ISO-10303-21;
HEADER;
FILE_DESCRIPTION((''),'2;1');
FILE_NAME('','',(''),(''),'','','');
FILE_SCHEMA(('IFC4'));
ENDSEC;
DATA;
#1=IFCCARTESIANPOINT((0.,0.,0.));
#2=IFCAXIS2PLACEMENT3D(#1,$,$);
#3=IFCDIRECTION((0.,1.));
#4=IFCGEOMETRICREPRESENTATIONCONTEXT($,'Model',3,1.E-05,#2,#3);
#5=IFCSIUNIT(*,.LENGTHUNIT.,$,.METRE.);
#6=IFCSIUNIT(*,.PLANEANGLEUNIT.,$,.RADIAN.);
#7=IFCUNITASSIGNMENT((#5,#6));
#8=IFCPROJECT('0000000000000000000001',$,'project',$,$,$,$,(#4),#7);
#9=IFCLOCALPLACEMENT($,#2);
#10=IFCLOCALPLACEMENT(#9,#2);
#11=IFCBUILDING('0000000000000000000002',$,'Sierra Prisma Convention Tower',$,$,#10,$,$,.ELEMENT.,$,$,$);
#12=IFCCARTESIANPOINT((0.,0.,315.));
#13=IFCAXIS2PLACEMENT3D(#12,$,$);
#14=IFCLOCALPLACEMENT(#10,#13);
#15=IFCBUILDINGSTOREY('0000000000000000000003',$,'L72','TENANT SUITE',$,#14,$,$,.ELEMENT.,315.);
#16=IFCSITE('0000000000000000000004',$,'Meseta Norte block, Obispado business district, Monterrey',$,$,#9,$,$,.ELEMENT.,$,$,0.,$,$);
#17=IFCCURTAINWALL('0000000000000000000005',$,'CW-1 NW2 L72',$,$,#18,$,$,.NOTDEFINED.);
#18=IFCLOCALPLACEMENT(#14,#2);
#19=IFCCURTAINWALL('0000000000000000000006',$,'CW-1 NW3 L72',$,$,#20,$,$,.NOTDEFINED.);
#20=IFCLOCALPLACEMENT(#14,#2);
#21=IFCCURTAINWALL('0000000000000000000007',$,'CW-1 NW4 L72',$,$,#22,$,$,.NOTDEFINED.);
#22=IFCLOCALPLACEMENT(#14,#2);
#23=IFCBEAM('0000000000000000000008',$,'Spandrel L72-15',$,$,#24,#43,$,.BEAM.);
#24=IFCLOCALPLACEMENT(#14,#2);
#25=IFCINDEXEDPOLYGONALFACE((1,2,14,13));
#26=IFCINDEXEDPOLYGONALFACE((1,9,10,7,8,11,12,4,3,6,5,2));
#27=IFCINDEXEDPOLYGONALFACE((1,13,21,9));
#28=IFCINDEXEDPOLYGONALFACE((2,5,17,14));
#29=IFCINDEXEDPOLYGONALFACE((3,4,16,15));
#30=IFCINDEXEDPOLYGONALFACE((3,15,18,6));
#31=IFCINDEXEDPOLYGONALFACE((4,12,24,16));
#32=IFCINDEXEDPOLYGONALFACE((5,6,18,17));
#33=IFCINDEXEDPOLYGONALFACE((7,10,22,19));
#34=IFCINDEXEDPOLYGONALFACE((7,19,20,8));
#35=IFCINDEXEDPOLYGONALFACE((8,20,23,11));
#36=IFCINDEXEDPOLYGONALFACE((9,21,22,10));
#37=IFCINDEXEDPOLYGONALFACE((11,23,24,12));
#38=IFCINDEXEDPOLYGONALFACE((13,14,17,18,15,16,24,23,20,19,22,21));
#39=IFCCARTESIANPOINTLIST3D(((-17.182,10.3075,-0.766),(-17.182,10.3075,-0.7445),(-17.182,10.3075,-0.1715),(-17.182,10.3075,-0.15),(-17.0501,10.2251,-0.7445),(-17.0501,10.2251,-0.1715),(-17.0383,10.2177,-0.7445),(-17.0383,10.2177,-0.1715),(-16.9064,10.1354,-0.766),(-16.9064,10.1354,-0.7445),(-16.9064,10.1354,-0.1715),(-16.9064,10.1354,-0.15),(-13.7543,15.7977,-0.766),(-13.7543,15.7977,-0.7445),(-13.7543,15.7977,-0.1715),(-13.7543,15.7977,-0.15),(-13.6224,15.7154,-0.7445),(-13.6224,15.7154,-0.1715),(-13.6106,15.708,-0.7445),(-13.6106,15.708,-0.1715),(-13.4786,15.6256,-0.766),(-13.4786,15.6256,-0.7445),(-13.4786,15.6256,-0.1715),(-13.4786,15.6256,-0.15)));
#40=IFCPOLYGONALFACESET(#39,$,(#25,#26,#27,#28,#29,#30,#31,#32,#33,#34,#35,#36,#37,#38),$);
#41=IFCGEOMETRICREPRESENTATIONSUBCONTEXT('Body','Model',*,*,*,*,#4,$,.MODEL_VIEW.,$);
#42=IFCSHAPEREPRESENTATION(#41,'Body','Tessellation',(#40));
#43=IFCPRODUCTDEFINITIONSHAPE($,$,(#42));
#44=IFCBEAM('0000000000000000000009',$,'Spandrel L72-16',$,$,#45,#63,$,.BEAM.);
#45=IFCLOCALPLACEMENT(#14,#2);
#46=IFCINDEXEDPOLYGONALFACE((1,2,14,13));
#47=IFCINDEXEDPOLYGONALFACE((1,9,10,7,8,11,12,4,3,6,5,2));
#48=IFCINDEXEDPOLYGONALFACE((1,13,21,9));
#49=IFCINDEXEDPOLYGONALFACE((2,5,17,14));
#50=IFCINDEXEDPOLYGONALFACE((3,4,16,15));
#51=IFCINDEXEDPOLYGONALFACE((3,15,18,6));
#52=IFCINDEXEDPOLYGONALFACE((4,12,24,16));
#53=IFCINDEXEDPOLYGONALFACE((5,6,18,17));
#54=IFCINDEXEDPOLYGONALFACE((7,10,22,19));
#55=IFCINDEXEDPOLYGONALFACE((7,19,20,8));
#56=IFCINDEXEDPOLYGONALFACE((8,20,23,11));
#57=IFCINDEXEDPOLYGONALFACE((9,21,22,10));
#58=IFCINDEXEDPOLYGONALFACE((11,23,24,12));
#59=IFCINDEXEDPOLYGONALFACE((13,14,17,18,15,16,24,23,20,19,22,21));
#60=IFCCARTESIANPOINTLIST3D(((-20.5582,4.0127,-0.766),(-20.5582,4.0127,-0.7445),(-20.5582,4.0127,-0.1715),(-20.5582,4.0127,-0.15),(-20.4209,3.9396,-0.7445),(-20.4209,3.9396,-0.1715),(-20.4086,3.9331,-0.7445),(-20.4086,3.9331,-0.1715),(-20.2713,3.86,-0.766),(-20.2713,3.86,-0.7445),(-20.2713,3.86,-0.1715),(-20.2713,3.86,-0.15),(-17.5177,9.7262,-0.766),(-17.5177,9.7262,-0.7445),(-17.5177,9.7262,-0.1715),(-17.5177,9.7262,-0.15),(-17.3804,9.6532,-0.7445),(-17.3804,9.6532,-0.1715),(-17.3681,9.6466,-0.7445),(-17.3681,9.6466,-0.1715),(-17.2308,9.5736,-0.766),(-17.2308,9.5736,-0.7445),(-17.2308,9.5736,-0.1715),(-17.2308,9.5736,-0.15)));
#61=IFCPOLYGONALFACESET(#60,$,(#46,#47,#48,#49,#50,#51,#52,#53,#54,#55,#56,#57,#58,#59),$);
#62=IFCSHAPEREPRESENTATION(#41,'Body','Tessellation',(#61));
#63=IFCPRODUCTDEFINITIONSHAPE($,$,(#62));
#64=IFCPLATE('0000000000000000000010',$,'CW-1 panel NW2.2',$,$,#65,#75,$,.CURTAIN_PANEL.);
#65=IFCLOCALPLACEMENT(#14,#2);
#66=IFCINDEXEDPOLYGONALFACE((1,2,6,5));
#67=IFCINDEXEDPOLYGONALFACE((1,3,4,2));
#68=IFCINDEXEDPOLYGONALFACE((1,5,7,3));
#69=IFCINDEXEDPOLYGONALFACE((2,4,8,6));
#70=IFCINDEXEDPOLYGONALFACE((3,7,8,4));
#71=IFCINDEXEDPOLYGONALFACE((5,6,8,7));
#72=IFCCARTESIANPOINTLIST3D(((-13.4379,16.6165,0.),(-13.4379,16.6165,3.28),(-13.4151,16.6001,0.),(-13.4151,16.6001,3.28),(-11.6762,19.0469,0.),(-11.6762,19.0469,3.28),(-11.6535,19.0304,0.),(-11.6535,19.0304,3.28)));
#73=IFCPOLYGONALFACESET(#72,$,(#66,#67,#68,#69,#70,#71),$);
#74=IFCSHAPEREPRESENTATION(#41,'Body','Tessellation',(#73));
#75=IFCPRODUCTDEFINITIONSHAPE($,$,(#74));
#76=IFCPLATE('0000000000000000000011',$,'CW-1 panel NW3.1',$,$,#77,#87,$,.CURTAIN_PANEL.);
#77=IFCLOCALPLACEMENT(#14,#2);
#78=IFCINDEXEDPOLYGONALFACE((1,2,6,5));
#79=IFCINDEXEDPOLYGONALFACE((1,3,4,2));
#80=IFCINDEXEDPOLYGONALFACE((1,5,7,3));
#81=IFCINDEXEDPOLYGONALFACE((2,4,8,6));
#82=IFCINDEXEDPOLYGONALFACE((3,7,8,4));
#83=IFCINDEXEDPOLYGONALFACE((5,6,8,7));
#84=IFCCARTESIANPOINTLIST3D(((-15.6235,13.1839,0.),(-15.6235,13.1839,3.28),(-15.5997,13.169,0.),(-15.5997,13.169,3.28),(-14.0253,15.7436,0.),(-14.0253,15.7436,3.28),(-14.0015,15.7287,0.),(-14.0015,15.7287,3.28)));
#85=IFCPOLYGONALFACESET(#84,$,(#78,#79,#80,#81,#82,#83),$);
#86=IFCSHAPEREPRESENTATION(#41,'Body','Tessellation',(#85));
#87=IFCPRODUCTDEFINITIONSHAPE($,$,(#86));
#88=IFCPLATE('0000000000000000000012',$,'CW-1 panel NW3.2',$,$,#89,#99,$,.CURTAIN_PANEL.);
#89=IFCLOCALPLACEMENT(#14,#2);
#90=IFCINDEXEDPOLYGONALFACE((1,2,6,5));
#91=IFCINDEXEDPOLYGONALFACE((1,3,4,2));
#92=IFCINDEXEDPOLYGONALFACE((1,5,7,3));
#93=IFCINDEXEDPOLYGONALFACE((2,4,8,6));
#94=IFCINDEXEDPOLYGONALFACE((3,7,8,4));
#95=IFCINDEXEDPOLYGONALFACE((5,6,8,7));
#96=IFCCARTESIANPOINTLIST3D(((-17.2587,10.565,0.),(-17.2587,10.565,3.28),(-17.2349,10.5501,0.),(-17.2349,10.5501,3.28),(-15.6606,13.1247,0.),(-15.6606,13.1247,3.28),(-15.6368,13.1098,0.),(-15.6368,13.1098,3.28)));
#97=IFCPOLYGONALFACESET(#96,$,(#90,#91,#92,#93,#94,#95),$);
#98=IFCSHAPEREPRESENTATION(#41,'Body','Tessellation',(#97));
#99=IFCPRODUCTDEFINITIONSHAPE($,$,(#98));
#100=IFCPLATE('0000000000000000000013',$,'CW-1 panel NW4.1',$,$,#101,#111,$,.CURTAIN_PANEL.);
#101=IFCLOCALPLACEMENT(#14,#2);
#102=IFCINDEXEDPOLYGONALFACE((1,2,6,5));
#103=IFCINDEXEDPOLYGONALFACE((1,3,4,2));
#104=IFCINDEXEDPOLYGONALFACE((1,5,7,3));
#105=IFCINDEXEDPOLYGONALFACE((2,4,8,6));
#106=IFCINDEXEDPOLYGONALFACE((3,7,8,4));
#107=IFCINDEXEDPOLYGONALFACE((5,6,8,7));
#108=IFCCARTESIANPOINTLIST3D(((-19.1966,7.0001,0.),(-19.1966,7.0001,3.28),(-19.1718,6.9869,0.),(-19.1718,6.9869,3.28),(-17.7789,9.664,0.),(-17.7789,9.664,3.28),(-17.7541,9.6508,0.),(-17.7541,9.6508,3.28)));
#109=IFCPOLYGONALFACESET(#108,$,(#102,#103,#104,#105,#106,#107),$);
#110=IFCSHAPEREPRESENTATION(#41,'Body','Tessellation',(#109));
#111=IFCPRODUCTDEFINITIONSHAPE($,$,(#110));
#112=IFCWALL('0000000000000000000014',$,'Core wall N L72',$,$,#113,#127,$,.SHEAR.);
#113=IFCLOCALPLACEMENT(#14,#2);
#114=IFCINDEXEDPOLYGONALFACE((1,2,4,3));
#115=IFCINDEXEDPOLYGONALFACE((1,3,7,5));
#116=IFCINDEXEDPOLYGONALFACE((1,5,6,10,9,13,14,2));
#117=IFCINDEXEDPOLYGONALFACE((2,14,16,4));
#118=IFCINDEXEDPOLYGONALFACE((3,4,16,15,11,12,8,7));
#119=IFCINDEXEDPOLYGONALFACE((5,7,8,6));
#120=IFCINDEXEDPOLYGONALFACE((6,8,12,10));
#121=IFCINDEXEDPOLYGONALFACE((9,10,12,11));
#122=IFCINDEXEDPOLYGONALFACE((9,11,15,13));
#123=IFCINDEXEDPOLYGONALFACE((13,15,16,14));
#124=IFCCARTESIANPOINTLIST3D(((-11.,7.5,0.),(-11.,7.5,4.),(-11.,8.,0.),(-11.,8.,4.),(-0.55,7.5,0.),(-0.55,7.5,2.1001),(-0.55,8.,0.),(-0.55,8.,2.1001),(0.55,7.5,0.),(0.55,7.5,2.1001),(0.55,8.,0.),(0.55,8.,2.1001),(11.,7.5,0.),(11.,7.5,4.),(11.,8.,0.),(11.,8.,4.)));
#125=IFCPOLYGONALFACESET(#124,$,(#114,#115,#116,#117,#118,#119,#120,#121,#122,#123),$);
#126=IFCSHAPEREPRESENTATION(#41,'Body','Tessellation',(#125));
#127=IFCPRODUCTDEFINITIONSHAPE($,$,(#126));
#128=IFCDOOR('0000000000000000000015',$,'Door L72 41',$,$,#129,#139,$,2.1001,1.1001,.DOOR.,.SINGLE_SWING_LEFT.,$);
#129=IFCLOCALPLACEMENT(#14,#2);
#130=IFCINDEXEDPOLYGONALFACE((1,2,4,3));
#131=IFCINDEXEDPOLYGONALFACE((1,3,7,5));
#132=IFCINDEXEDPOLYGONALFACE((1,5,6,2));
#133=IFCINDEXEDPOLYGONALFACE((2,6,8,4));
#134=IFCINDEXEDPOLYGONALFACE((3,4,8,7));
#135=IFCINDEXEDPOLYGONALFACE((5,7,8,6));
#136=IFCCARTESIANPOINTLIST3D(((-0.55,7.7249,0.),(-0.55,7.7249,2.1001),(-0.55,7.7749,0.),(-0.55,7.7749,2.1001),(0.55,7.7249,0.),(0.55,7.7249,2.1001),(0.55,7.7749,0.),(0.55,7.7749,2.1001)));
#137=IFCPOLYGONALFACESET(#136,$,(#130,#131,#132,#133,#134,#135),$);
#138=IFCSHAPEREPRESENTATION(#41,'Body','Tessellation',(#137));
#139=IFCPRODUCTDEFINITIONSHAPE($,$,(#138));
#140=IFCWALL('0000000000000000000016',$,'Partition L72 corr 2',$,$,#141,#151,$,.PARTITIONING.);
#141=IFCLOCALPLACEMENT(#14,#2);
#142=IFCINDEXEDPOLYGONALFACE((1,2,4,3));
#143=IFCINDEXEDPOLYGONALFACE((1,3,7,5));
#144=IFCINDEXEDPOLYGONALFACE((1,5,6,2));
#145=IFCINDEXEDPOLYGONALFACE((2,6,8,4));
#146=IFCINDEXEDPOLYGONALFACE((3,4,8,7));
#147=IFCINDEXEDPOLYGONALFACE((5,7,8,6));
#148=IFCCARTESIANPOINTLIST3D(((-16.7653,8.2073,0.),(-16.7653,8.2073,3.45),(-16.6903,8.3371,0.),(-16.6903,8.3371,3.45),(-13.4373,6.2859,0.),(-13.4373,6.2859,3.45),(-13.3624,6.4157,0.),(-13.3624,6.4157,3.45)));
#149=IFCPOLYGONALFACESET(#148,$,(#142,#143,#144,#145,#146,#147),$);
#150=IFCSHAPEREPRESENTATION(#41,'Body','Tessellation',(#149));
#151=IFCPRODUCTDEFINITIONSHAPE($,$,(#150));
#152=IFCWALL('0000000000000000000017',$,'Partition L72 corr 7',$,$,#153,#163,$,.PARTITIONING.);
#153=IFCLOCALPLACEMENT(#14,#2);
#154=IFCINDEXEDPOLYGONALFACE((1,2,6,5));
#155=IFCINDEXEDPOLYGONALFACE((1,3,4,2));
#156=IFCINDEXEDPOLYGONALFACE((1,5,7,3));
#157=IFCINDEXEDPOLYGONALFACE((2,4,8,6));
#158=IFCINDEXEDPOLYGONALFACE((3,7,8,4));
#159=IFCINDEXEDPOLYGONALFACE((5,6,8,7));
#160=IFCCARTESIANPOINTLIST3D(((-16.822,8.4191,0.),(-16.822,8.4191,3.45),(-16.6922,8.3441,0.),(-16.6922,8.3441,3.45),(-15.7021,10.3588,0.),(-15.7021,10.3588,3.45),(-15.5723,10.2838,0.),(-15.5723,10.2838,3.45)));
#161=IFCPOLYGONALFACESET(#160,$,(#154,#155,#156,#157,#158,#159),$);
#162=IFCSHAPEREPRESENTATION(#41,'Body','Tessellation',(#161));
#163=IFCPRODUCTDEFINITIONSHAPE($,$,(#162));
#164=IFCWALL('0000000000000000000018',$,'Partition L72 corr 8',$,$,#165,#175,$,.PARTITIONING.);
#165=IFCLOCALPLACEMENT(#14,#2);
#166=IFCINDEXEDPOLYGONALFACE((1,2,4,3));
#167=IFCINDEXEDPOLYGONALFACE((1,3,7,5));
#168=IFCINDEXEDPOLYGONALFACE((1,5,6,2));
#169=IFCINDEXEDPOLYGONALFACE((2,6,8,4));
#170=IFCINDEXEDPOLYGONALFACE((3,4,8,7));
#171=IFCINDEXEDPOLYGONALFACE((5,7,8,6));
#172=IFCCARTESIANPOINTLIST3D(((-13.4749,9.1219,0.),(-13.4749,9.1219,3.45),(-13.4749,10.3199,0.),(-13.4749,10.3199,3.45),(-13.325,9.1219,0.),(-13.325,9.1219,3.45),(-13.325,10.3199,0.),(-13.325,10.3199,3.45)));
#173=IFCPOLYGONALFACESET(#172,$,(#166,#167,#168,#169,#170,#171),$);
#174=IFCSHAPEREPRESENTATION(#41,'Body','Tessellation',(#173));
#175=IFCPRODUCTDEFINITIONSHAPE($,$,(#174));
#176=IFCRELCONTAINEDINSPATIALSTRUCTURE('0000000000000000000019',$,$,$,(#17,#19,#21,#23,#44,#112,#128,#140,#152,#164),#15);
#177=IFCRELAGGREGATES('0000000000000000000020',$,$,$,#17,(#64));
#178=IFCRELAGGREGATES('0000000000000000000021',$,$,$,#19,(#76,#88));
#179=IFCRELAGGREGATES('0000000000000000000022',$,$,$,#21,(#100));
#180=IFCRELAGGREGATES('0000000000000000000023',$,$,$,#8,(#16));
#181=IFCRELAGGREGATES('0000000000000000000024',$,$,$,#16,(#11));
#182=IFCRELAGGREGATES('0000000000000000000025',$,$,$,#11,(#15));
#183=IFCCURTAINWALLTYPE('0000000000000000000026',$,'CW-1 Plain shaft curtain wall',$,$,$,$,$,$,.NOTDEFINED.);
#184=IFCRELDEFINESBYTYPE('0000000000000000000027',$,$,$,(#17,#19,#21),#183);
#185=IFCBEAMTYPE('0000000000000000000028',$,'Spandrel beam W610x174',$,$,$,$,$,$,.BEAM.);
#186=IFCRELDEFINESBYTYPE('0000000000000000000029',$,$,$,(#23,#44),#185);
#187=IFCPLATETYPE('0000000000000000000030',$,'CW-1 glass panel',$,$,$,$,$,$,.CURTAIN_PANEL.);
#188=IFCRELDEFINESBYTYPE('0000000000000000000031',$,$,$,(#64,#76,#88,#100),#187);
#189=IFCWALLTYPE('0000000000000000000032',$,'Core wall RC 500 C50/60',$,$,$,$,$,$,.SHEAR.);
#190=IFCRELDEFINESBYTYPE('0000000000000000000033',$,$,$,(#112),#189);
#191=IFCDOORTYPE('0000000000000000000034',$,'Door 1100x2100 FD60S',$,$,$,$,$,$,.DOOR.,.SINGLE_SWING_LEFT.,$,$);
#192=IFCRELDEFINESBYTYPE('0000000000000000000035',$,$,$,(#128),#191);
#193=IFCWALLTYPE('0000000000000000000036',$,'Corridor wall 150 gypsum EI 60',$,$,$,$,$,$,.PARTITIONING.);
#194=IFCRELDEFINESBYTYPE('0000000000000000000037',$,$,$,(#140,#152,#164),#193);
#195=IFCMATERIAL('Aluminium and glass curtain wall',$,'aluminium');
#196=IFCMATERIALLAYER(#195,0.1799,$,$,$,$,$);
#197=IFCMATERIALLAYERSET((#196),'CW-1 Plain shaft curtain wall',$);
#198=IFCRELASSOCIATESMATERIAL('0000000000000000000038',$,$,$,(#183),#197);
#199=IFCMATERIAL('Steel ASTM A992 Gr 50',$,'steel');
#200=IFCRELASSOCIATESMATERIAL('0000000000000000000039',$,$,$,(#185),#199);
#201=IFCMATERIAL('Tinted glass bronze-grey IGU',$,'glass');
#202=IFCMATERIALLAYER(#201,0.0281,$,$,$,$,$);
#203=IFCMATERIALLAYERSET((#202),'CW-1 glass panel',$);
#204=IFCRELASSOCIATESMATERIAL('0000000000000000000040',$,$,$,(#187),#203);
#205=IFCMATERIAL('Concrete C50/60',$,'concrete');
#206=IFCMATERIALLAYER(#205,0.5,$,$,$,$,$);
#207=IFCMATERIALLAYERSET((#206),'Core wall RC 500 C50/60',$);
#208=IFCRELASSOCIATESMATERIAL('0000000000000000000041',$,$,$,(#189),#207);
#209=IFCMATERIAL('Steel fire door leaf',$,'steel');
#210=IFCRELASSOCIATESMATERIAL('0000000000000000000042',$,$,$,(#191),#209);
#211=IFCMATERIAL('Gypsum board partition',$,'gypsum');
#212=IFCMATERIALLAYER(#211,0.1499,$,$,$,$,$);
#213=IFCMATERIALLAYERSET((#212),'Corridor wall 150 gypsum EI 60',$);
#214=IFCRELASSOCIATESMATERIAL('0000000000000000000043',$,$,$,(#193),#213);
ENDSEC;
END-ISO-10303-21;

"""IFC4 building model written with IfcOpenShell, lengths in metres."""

from ifc_helpers import new_model, si_unit, direction, frame, frame_2d, origin, origin_2d, place, context, subcontext, project, spatial, rectangle, i_section, extrude, material, layer, layer_set, material_profile, profile_set, type_object, element, fill, aggregate, save


model = new_model("IFC4")

# Units and contexts
model_context = context("Model", 3, precision=1e-05, world=origin(), true_north=direction((0.0, 1.0)))
body_context = subcontext(model_context, "Body", "Model", "MODEL_VIEW")
ifc_project = project(units=[si_unit("LENGTHUNIT", "METRE"), si_unit("PLANEANGLEUNIT", "RADIAN")], contexts=[model_context])

# Site, building, storey
site_placement = place(None, origin())
site = spatial("IfcSite", under=ifc_project, at=site_placement, Name="Meseta Norte block, Obispado business district, Monterrey", CompositionType="ELEMENT", RefElevation=0.0)
building_placement = place(site_placement, origin())
building = spatial("IfcBuilding", under=site, at=building_placement, Name="Sierra Prisma Convention Tower", CompositionType="ELEMENT")
storey_placement = place(building_placement, frame((0.0, 0.0, 315.0)))
storey = spatial("IfcBuildingStorey", under=building, at=storey_placement, Name="L72", Description="TENANT SUITE", CompositionType="ELEMENT", Elevation=315.0)

# Curtain wall
ifc_material_1 = material(Name="Aluminium and glass curtain wall", Category="aluminium")
ifc_layer_1 = layer(ifc_material_1, 0.1799)
ifc_layer_set_1 = layer_set([ifc_layer_1], Name="CW-1 Plain shaft curtain wall")
curtain_wall_type = type_object("IfcCurtainWallType", Name="CW-1 Plain shaft curtain wall", PredefinedType="NOTDEFINED", material=ifc_layer_set_1)
curtain_wall_1_placement = place(storey_placement, origin())
curtain_wall_1 = element("IfcCurtainWall", 1, at=curtain_wall_1_placement, inside=storey, type_object=curtain_wall_type, Name="CW-1 NW2 L72", PredefinedType="NOTDEFINED")

# Curtain wall
curtain_wall_2_placement = place(storey_placement, origin())
curtain_wall_2 = element("IfcCurtainWall", 2, at=curtain_wall_2_placement, inside=storey, type_object=curtain_wall_type, Name="CW-1 NW3 L72", PredefinedType="NOTDEFINED")

# Curtain wall
curtain_wall_3_placement = place(storey_placement, origin())
curtain_wall_3 = element("IfcCurtainWall", 3, at=curtain_wall_3_placement, inside=storey, type_object=curtain_wall_type, Name="CW-1 NW4 L72", PredefinedType="NOTDEFINED")

# Beams
ifc_material_2 = material(Name="Steel ASTM A992 Gr 50", Category="steel")
ifc_material_profile_1 = material_profile(ifc_material_2, i_section(OverallWidth=0.325, OverallDepth=0.616, WebThickness=0.0139, FlangeThickness=0.0215, at=origin_2d()), Name="W610x174")
ifc_profile_set_1 = profile_set([ifc_material_profile_1], Name="Steel ASTM A992 Gr 50")
beam_type_1 = type_object("IfcBeamType", Name="Spandrel beam W610x174", PredefinedType="BEAM", material=ifc_profile_set_1)
beam_1_placement = place(storey_placement, frame((-13.6165, 15.7117, -0.458), z_axis=(-0.529592, -0.848253, 0.0), x_axis=(0.848253, -0.529592, 0.0)))
element("IfcBeam", 4, at=beam_1_placement, inside=storey, type_object=beam_type_1, Name="Spandrel L72-15", PredefinedType="BEAM", context=body_context, shape_type="SweptSolid", body=[
    extrude(i_section(OverallWidth=0.325, OverallDepth=0.616, WebThickness=0.0139, FlangeThickness=0.0215, at=origin_2d()), origin(), (0.0, 0.0, 1.0), 6.4724),
])
beam_2_placement = place(storey_placement, frame((-17.3743, 9.6499, -0.458), z_axis=(-0.469777, -0.882785, 0.0), x_axis=(0.882785, -0.469777, 0.0)))
element("IfcBeam", 5, at=beam_2_placement, inside=storey, type_object=beam_type_1, Name="Spandrel L72-16", PredefinedType="BEAM", context=body_context, shape_type="SweptSolid", body=[
    extrude(i_section(OverallWidth=0.325, OverallDepth=0.616, WebThickness=0.0139, FlangeThickness=0.0215, at=origin_2d()), origin(), (0.0, 0.0, 1.0), 6.4722),
])

# Plates
ifc_material_3 = material(Name="Tinted glass bronze-grey IGU", Category="glass")
ifc_layer_2 = layer(ifc_material_3, 0.0281)
ifc_layer_set_2 = layer_set([ifc_layer_2], Name="CW-1 glass panel")
plate_type = type_object("IfcPlateType", Name="CW-1 glass panel", PredefinedType="CURTAIN_PANEL", material=ifc_layer_set_2)
plate_1_placement = place(storey_placement, frame((-12.5457, 17.8235, 0.0), z_axis=(0.0, 0.0, 1.0), x_axis=(-0.58689, -0.809667, 0.0)))
plate_1 = element("IfcPlate", 6, at=plate_1_placement, type_object=plate_type, Name="CW-1 panel NW2.2", PredefinedType="CURTAIN_PANEL", context=body_context, shape_type="SweptSolid", body=[
    extrude(rectangle(XDim=3.0017, YDim=0.0281, at=origin_2d()), origin(), (0.0, 0.0, 1.0), 3.28),
])
aggregate(curtain_wall_1, [plate_1])
plate_2_placement = place(storey_placement, frame((-14.8125, 14.4563, 0.0), z_axis=(0.0, 0.0, 1.0), x_axis=(-0.529606, -0.848243, 0.0)))
plate_2 = element("IfcPlate", 7, at=plate_2_placement, type_object=plate_type, Name="CW-1 panel NW3.1", PredefinedType="CURTAIN_PANEL", context=body_context, shape_type="SweptSolid", body=[
    extrude(rectangle(XDim=3.0176, YDim=0.0281, at=origin_2d()), origin(), (0.0, 0.0, 1.0), 3.28),
])
plate_3_placement = place(storey_placement, frame((-16.4478, 11.8374, 0.0), z_axis=(0.0, 0.0, 1.0), x_axis=(-0.529606, -0.848243, 0.0)))
plate_3 = element("IfcPlate", 8, at=plate_3_placement, type_object=plate_type, Name="CW-1 panel NW3.2", PredefinedType="CURTAIN_PANEL", context=body_context, shape_type="SweptSolid", body=[
    extrude(rectangle(XDim=3.0176, YDim=0.0281, at=origin_2d()), origin(), (0.0, 0.0, 1.0), 3.28),
])
aggregate(curtain_wall_2, [plate_2, plate_3])
plate_4_placement = place(storey_placement, frame((-18.4753, 8.3254, 0.0), z_axis=(0.0, 0.0, 1.0), x_axis=(-0.469797, -0.882774, 0.0)))
plate_4 = element("IfcPlate", 9, at=plate_4_placement, type_object=plate_type, Name="CW-1 panel NW4.1", PredefinedType="CURTAIN_PANEL", context=body_context, shape_type="SweptSolid", body=[
    extrude(rectangle(XDim=3.0176, YDim=0.0281, at=origin_2d()), origin(), (0.0, 0.0, 1.0), 3.28),
])
aggregate(curtain_wall_3, [plate_4])

# Wall, opening, door
ifc_material_4 = material(Name="Concrete C50/60", Category="concrete")
ifc_layer_3 = layer(ifc_material_4, 0.5)
ifc_layer_set_3 = layer_set([ifc_layer_3], Name="Core wall RC 500 C50/60")
wall_type_1 = type_object("IfcWallType", Name="Core wall RC 500 C50/60", PredefinedType="SHEAR", material=ifc_layer_set_3)
wall_1_placement = place(storey_placement, frame((-11.0, 7.75, 0.0), z_axis=(0.0, 0.0, 1.0), x_axis=(1.0, 0.0, 0.0)))
wall_1 = element("IfcWall", 10, at=wall_1_placement, inside=storey, type_object=wall_type_1, Name="Core wall N L72", PredefinedType="SHEAR", context=body_context, shape_type="SweptSolid", body=[
    extrude(rectangle(XDim=22.0, YDim=0.5, at=frame_2d((11.0, 0.0))), origin(), (0.0, 0.0, 1.0), 4.0),
])
opening_1_placement = place(wall_1_placement, frame((10.45, 0.0, 0.0)))
opening_1 = element("IfcOpeningElement", 11, at=opening_1_placement, cuts=wall_1, PredefinedType="OPENING", context=body_context, shape_type="SweptSolid", body=[
    extrude(rectangle(XDim=1.1001, YDim=2.1001, at=frame_2d((0.55, 1.05))), frame((0.0, 0.25, 0.0), z_axis=(0.0, -1.0, 0.0), x_axis=(1.0, 0.0, 0.0)), (0.0, 0.0, 1.0), 0.5),
])
ifc_material_5 = material(Name="Steel fire door leaf", Category="steel")
door_type_1 = type_object("IfcDoorType", Name="Door 1100x2100 FD60S", OperationType="SINGLE_SWING_LEFT", PredefinedType="DOOR", material=ifc_material_5)
door_1_placement = place(opening_1_placement, origin())
door_1 = element("IfcDoor", 12, at=door_1_placement, inside=storey, type_object=door_type_1, Name="Door L72 41", OperationType="SINGLE_SWING_LEFT", OverallHeight=2.1001, OverallWidth=1.1001, PredefinedType="DOOR", context=body_context, shape_type="SweptSolid", body=[
    extrude(rectangle(XDim=1.1001, YDim=2.1001, at=frame_2d((0.55, 1.05))), frame((0.0, 0.0249, 0.0), z_axis=(0.0, -1.0, 0.0), x_axis=(1.0, 0.0, 0.0)), (0.0, 0.0, 1.0), 0.05),
])
fill(opening_1, door_1)

# Walls
ifc_material_6 = material(Name="Gypsum board partition", Category="gypsum")
ifc_layer_4 = layer(ifc_material_6, 0.1499)
ifc_layer_set_4 = layer_set([ifc_layer_4], Name="Corridor wall 150 gypsum EI 60")
wall_type_2 = type_object("IfcWallType", Name="Corridor wall 150 gypsum EI 60", PredefinedType="PARTITIONING", material=ifc_layer_set_4)
wall_2_placement = place(storey_placement, frame((-16.7278, 8.2722, 0.0), z_axis=(0.0, 0.0, 1.0), x_axis=(0.866022, -0.500007, 0.0)))
element("IfcWall", 13, at=wall_2_placement, inside=storey, type_object=wall_type_2, Name="Partition L72 corr 2", PredefinedType="PARTITIONING", context=body_context, shape_type="SweptSolid", body=[
    extrude(rectangle(XDim=3.8428, YDim=0.1499, at=frame_2d((1.9214, 0.0))), origin(), (0.0, 0.0, 1.0), 3.45),
])
wall_3_placement = place(storey_placement, frame((-15.6372, 10.3213, 0.0), z_axis=(0.0, 0.0, 1.0), x_axis=(-0.499996, -0.866028, 0.0)))
element("IfcWall", 14, at=wall_3_placement, inside=storey, type_object=wall_type_2, Name="Partition L72 corr 7", PredefinedType="PARTITIONING", context=body_context, shape_type="SweptSolid", body=[
    extrude(rectangle(XDim=2.2397, YDim=0.1499, at=frame_2d((1.1199, 0.0))), origin(), (0.0, 0.0, 1.0), 3.45),
])
wall_4_placement = place(storey_placement, frame((-13.3999, 10.3201, 0.0), z_axis=(0.0, 0.0, 1.0), x_axis=(0.0, -1.0, 0.0)))
element("IfcWall", 15, at=wall_4_placement, inside=storey, type_object=wall_type_2, Name="Partition L72 corr 8", PredefinedType="PARTITIONING", context=body_context, shape_type="SweptSolid", body=[
    extrude(rectangle(XDim=1.198, YDim=0.1499, at=frame_2d((0.5991, 0.0))), origin(), (0.0, 0.0, 1.0), 3.45),
])

save(model, "model.ifc")
